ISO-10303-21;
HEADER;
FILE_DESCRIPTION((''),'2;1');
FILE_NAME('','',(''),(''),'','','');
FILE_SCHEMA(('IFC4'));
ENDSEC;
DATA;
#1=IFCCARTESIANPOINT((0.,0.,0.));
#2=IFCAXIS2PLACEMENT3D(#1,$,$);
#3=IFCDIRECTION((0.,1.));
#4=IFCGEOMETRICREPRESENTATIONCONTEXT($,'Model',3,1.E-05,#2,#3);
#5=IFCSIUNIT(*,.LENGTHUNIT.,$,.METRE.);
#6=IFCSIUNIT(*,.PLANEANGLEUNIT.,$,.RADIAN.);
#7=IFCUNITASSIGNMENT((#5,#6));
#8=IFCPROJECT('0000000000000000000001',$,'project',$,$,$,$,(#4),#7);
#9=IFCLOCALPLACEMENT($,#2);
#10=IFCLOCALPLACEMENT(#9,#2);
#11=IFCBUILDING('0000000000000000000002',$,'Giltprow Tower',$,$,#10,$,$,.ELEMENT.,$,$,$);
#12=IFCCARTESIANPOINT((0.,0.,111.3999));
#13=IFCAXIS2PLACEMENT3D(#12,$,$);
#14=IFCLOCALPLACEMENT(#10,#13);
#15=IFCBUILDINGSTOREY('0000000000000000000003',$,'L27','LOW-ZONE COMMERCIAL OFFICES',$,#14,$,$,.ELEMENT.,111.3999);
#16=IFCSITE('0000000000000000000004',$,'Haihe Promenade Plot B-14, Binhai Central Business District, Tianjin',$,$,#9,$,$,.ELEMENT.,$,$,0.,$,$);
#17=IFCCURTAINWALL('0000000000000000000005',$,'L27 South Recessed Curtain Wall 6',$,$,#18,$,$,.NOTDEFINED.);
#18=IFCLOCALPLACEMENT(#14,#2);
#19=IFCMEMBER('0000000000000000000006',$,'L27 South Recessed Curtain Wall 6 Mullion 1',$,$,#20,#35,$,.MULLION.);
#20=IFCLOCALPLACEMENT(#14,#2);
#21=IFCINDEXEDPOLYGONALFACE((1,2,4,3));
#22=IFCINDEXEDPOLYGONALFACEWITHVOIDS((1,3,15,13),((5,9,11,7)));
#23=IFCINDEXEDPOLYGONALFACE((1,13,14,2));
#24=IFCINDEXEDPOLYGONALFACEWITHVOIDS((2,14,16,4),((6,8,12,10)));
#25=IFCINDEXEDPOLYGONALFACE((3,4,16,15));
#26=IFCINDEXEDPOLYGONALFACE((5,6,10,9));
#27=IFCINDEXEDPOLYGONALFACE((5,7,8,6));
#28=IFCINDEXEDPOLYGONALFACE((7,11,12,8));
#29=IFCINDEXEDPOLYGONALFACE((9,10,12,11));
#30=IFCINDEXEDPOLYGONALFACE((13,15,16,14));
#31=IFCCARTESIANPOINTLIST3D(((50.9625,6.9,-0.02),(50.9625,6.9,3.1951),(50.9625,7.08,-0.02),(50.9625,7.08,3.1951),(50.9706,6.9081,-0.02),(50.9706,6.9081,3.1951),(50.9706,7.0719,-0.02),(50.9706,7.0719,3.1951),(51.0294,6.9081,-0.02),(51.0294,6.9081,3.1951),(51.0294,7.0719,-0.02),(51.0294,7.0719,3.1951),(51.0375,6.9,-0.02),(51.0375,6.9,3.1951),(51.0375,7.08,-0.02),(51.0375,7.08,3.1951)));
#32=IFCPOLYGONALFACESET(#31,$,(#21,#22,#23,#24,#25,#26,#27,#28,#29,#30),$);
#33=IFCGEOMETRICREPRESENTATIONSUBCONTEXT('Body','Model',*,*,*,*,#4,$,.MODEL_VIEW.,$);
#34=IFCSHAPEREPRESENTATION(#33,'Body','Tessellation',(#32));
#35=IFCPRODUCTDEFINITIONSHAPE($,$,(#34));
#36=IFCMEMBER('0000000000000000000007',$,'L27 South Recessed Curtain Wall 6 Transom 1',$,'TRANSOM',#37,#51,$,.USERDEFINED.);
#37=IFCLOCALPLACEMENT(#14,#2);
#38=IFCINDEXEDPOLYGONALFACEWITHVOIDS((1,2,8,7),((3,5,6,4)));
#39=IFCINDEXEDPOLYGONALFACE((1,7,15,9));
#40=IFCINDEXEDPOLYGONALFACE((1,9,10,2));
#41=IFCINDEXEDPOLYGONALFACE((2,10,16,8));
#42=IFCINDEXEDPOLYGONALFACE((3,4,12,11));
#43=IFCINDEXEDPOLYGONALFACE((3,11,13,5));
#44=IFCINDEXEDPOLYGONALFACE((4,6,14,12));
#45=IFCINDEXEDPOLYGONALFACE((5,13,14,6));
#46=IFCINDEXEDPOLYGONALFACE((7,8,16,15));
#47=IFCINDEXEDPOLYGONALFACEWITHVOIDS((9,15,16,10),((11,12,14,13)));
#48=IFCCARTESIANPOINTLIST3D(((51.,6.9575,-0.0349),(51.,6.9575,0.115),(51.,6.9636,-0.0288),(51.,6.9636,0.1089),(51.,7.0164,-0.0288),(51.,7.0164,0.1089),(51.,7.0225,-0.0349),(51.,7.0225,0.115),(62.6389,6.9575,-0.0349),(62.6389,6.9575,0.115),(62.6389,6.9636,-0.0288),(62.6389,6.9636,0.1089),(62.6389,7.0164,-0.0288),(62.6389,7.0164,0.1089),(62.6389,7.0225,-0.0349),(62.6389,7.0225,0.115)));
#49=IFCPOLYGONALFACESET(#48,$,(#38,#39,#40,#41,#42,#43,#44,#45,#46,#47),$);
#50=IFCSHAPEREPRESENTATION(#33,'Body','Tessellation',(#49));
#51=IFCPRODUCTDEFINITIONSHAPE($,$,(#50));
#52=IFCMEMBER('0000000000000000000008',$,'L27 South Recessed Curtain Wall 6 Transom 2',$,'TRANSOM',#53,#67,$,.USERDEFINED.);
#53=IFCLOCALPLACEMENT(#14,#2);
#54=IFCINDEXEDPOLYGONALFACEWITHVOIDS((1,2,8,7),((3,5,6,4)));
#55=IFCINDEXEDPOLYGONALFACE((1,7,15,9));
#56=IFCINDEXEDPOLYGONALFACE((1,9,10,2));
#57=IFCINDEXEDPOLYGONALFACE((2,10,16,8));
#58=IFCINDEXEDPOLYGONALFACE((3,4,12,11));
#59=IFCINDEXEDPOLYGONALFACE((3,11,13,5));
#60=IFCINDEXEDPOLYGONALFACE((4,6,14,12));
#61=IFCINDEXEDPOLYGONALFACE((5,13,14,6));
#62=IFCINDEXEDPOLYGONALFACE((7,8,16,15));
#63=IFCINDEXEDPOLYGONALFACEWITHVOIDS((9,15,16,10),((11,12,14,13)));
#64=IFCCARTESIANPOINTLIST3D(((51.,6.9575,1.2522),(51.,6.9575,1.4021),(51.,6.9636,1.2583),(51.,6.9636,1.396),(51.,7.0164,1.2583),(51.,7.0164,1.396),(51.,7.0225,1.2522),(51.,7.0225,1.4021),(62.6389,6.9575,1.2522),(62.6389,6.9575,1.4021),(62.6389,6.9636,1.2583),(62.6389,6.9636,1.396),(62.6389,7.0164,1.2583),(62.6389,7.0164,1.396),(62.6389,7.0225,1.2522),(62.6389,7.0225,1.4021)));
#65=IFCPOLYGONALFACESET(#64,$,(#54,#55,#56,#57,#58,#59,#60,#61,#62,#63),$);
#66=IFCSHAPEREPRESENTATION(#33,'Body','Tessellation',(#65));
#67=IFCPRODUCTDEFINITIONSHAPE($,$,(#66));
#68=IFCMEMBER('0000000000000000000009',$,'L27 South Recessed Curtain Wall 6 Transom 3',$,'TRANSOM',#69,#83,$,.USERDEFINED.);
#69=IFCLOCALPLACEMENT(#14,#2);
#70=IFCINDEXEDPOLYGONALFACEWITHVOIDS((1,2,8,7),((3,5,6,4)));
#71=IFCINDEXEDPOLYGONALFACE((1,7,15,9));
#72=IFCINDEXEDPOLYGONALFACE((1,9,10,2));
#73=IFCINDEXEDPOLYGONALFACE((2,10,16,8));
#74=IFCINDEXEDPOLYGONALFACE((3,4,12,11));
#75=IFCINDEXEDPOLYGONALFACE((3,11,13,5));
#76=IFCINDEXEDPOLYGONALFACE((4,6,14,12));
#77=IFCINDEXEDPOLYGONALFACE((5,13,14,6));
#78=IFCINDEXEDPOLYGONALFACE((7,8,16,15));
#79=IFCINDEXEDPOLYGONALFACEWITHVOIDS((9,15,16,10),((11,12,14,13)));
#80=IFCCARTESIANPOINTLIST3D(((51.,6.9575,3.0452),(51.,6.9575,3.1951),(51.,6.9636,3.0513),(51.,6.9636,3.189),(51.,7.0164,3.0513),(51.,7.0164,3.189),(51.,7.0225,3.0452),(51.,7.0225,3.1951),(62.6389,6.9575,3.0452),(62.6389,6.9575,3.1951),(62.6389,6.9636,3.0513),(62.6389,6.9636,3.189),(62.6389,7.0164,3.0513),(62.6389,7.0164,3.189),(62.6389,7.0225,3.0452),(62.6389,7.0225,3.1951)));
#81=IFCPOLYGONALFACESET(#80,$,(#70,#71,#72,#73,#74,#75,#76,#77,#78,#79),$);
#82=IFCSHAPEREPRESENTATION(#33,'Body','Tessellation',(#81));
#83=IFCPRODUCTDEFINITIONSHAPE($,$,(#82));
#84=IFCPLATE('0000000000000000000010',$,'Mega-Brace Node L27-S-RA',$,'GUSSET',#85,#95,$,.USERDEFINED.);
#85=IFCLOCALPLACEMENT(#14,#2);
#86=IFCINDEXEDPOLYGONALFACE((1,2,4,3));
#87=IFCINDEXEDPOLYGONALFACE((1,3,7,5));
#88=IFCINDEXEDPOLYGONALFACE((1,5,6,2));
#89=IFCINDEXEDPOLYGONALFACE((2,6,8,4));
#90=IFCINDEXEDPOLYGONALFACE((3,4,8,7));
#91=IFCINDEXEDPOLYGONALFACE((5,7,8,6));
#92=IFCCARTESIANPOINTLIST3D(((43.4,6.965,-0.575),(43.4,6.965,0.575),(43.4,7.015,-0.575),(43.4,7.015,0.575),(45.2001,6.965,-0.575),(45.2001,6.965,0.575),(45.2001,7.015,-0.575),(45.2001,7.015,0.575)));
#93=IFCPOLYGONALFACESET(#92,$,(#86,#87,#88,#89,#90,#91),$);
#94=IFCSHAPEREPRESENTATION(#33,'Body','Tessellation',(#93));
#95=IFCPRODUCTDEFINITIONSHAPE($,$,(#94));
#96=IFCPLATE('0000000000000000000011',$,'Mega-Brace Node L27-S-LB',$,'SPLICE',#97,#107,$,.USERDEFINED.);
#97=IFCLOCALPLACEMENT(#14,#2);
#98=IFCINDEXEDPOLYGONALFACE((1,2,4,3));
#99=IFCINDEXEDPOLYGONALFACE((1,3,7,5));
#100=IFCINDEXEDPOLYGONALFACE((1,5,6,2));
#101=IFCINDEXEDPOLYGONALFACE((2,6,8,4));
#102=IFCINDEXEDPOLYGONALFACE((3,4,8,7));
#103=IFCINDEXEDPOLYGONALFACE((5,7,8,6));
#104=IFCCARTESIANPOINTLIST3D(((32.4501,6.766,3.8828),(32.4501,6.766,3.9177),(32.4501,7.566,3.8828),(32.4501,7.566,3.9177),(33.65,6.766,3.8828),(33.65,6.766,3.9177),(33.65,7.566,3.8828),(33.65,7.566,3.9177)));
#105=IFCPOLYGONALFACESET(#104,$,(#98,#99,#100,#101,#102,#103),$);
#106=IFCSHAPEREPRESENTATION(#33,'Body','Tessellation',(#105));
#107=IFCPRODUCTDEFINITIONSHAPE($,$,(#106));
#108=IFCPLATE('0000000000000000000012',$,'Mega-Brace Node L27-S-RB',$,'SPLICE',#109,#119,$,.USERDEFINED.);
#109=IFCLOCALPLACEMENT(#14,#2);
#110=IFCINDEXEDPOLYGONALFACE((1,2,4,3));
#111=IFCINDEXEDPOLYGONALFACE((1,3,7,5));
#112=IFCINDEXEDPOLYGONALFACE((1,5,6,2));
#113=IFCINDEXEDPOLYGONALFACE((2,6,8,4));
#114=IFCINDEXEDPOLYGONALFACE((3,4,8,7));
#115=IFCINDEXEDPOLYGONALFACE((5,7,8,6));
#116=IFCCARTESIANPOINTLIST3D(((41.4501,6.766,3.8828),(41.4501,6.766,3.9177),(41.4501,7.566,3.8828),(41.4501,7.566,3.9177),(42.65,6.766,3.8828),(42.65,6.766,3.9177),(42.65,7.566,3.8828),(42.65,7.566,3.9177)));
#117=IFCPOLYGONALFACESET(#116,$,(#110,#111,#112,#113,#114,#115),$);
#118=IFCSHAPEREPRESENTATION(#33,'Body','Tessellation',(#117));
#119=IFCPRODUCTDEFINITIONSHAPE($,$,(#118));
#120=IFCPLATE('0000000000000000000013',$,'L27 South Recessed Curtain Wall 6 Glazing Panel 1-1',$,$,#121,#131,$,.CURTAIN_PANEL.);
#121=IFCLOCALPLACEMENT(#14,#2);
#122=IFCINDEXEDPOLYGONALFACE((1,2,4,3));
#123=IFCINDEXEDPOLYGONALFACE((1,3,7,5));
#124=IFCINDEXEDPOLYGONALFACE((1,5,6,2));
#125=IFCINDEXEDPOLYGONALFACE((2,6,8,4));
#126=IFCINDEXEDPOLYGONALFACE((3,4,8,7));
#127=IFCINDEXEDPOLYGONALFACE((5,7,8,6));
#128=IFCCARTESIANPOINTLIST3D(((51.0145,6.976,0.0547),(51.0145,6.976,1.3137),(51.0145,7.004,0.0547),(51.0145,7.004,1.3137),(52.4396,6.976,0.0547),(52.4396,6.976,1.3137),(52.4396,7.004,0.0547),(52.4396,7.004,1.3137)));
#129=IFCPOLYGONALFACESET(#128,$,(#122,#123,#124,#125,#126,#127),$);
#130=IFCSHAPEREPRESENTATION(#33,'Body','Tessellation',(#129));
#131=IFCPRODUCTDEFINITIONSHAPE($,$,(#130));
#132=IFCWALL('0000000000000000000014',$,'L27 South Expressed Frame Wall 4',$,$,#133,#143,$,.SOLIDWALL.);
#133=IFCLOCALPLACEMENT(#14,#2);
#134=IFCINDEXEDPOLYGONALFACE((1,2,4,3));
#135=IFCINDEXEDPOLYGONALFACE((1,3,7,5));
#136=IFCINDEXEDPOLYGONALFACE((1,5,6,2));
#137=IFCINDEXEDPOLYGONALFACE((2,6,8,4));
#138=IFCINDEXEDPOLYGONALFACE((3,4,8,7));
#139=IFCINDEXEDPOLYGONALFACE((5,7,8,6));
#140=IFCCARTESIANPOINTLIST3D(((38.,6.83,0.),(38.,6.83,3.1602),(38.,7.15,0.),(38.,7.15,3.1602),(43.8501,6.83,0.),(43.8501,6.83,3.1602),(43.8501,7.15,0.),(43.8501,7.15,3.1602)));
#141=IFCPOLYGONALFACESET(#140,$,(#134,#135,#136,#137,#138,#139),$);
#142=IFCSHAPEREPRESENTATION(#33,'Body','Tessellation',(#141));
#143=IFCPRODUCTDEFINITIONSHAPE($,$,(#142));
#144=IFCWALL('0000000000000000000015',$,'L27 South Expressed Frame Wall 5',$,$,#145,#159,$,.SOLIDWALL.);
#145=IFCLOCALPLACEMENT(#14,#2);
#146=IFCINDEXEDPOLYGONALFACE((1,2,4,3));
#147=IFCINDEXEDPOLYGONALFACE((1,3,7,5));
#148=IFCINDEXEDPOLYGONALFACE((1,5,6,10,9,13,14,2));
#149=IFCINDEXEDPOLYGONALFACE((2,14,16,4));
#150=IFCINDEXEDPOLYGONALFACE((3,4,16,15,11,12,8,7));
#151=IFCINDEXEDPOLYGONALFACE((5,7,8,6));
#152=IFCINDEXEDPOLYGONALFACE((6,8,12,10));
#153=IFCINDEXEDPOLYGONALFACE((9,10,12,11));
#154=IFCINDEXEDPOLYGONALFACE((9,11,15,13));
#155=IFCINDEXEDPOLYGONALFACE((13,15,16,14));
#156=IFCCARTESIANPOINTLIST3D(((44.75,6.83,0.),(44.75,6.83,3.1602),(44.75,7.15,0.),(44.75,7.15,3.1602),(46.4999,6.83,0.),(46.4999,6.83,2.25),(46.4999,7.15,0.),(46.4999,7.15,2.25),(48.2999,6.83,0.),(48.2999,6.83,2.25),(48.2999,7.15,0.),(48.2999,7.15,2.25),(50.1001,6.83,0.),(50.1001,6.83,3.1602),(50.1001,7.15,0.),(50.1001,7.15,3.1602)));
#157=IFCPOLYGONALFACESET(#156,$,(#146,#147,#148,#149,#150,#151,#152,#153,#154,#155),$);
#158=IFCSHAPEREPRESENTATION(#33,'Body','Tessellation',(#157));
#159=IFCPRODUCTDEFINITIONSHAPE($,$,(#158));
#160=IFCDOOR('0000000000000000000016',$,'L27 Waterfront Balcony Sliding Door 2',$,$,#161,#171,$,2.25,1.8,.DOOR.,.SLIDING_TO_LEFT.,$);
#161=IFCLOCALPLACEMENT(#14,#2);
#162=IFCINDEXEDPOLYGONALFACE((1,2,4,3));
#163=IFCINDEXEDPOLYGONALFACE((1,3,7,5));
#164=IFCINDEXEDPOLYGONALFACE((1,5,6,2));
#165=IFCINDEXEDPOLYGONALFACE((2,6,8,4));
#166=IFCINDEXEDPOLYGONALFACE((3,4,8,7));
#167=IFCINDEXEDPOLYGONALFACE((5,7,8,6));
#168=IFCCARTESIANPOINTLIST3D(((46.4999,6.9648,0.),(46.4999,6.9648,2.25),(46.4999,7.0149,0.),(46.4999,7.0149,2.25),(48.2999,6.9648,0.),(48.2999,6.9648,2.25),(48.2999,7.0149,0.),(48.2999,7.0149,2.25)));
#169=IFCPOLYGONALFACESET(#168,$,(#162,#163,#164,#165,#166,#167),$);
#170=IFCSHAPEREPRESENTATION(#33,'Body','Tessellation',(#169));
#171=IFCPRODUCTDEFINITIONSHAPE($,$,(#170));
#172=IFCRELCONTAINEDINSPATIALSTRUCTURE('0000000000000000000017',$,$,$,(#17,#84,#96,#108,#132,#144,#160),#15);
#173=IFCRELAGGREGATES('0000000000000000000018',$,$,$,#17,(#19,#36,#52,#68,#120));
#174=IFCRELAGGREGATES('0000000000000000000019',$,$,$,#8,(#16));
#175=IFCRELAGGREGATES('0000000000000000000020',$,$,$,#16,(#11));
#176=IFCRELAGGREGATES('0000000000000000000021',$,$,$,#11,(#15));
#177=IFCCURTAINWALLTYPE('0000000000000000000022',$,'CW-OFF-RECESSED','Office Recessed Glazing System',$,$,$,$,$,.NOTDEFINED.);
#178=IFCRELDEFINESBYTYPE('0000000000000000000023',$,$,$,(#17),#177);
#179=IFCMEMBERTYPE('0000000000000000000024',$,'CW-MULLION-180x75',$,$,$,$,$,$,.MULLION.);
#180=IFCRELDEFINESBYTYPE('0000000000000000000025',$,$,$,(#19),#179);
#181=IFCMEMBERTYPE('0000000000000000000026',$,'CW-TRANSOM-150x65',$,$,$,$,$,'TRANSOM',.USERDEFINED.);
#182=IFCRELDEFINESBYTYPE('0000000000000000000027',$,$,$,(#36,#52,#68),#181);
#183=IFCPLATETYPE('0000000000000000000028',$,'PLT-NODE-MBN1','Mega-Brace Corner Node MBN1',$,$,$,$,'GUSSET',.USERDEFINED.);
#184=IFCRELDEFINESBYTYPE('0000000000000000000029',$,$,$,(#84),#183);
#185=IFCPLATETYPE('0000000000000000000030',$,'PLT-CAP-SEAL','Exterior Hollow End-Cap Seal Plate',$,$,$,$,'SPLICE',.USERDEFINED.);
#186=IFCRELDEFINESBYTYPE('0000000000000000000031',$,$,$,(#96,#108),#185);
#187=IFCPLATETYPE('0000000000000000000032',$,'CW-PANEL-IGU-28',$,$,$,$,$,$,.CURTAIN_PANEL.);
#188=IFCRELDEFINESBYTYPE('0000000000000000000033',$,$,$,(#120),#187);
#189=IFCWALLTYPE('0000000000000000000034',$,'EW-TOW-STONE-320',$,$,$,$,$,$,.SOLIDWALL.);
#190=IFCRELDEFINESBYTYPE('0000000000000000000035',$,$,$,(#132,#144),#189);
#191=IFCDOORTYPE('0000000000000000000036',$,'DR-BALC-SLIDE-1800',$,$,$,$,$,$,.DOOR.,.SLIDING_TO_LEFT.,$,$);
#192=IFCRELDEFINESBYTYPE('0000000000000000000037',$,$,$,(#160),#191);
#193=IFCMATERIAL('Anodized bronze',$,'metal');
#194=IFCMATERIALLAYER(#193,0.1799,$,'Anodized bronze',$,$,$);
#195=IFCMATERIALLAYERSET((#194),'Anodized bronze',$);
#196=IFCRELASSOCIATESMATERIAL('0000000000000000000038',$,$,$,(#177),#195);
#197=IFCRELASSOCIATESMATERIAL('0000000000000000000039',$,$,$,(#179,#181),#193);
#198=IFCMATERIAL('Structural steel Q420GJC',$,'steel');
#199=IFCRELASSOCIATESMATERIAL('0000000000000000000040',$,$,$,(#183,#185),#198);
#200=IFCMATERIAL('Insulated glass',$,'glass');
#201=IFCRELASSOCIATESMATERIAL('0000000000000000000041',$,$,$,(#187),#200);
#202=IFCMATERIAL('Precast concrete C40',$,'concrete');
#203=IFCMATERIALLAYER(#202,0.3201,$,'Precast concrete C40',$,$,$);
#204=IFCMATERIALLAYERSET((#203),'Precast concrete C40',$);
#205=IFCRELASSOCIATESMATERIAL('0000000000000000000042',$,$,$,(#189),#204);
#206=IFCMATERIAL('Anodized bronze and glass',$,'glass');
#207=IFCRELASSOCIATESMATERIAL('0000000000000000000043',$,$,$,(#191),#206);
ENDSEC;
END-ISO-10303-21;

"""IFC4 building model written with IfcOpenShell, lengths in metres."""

from ifc_helpers import new_model, si_unit, direction, frame, frame_2d, origin, origin_2d, place, context, subcontext, project, spatial, rectangle, hollow_rectangle, extrude, source, transform, mapped, material, layer, layer_set, material_profile, profile_set, type_object, element, fill, aggregate, save


model = new_model("IFC4")

# Units and contexts
model_context = context("Model", 3, precision=1e-05, world=origin(), true_north=direction((0.0, 1.0)))
body_context = subcontext(model_context, "Body", "Model", "MODEL_VIEW")
ifc_project = project(units=[si_unit("LENGTHUNIT", "METRE"), si_unit("PLANEANGLEUNIT", "RADIAN")], contexts=[model_context])

# Site, building, storey
site_placement = place(None, origin())
site = spatial("IfcSite", under=ifc_project, at=site_placement, Name="Haihe Promenade Plot B-14, Binhai Central Business District, Tianjin", CompositionType="ELEMENT", RefElevation=0.0)
building_placement = place(site_placement, origin())
building = spatial("IfcBuilding", under=site, at=building_placement, Name="Giltprow Tower", CompositionType="ELEMENT")
storey_placement = place(building_placement, frame((0.0, 0.0, 111.3999)))
storey = spatial("IfcBuildingStorey", under=building, at=storey_placement, Name="L27", Description="LOW-ZONE COMMERCIAL OFFICES", CompositionType="ELEMENT", Elevation=111.3999)

# Shared definitions
ifc_material_1 = material(Name="Structural steel Q420GJC", Category="steel")

# Curtain wall, members
ifc_material_2 = material(Name="Anodized bronze", Category="metal")
ifc_layer_1 = layer(ifc_material_2, 0.1799, Name="Anodized bronze")
ifc_layer_set_1 = layer_set([ifc_layer_1], Name="Anodized bronze")
curtain_wall_type = type_object("IfcCurtainWallType", Name="CW-OFF-RECESSED", Description="Office Recessed Glazing System", PredefinedType="NOTDEFINED", material=ifc_layer_set_1)
curtain_wall_placement = place(storey_placement, origin())
curtain_wall = element("IfcCurtainWall", 1, at=curtain_wall_placement, inside=storey, type_object=curtain_wall_type, Name="L27 South Recessed Curtain Wall 6", PredefinedType="NOTDEFINED")
ifc_material_profile_1 = material_profile(ifc_material_2, hollow_rectangle(XDim=0.075, YDim=0.1799, WallThickness=0.0081, at=origin_2d()), Name="RHS 180x75x8")
ifc_profile_set_1 = profile_set([ifc_material_profile_1], Name="Anodized bronze")
member_type_1 = type_object("IfcMemberType", Name="CW-MULLION-180x75", PredefinedType="MULLION", material=ifc_profile_set_1)
shared_shape_1 = source(origin(), body_context, "Body", "SweptSolid", [
    extrude(hollow_rectangle(XDim=0.075, YDim=0.1799, WallThickness=0.0081, at=origin_2d()), origin(), (0.0, 0.0, 1.0), 3.2151),
])
member_1_placement = place(storey_placement, frame((51.0, 6.99, -0.02), z_axis=(0.0, 0.0, 1.0), x_axis=(1.0, 0.0, 0.0)))
member_1 = element("IfcMember", 2, at=member_1_placement, type_object=member_type_1, Name="L27 South Recessed Curtain Wall 6 Mullion 1", PredefinedType="MULLION", context=body_context, shape_type="MappedRepresentation", body=[
    mapped(shared_shape_1, transform((0.0, 0.0, 0.0), x_axis=(1.0, 0.0, 0.0), y_axis=(0.0, 1.0, 0.0), z_axis=(0.0, 0.0, 1.0), scale=1.0)),
])
ifc_material_profile_2 = material_profile(ifc_material_2, hollow_rectangle(XDim=0.0649, YDim=0.1499, WallThickness=0.0061, at=origin_2d()), Name="RHS 150x65x6")
ifc_profile_set_2 = profile_set([ifc_material_profile_2], Name="Anodized bronze")
member_type_2 = type_object("IfcMemberType", Name="CW-TRANSOM-150x65", ElementType="TRANSOM", PredefinedType="USERDEFINED", material=ifc_profile_set_2)
shared_shape_2 = source(origin(), body_context, "Body", "SweptSolid", [
    extrude(hollow_rectangle(XDim=0.0649, YDim=0.1499, WallThickness=0.0061, at=origin_2d()), origin(), (0.0, 0.0, 1.0), 11.6389),
])
member_2_placement = place(storey_placement, frame((51.0, 6.99, 0.04), z_axis=(1.0, 0.0, 0.0), x_axis=(0.0, 1.0, 0.0)))
member_2 = element("IfcMember", 3, at=member_2_placement, type_object=member_type_2, Name="L27 South Recessed Curtain Wall 6 Transom 1", ObjectType="TRANSOM", PredefinedType="USERDEFINED", context=body_context, shape_type="MappedRepresentation", body=[
    mapped(shared_shape_2, transform((0.0, 0.0, 0.0), x_axis=(1.0, 0.0, 0.0), y_axis=(0.0, 1.0, 0.0), z_axis=(0.0, 0.0, 1.0), scale=1.0)),
])
member_3_placement = place(storey_placement, frame((51.0, 6.99, 1.3271), z_axis=(1.0, 0.0, 0.0), x_axis=(0.0, 1.0, 0.0)))
member_3 = element("IfcMember", 4, at=member_3_placement, type_object=member_type_2, Name="L27 South Recessed Curtain Wall 6 Transom 2", ObjectType="TRANSOM", PredefinedType="USERDEFINED", context=body_context, shape_type="MappedRepresentation", body=[
    mapped(shared_shape_2, transform((0.0, 0.0, 0.0), x_axis=(1.0, 0.0, 0.0), y_axis=(0.0, 1.0, 0.0), z_axis=(0.0, 0.0, 1.0), scale=1.0)),
])
member_4_placement = place(storey_placement, frame((51.0, 6.99, 3.1201), z_axis=(1.0, 0.0, 0.0), x_axis=(0.0, 1.0, 0.0)))
member_4 = element("IfcMember", 5, at=member_4_placement, type_object=member_type_2, Name="L27 South Recessed Curtain Wall 6 Transom 3", ObjectType="TRANSOM", PredefinedType="USERDEFINED", context=body_context, shape_type="MappedRepresentation", body=[
    mapped(shared_shape_2, transform((0.0, 0.0, 0.0), x_axis=(1.0, 0.0, 0.0), y_axis=(0.0, 1.0, 0.0), z_axis=(0.0, 0.0, 1.0), scale=1.0)),
])

# Plates
plate_type_1 = type_object("IfcPlateType", Name="PLT-NODE-MBN1", Description="Mega-Brace Corner Node MBN1", ElementType="GUSSET", PredefinedType="USERDEFINED", material=ifc_material_1)
shared_shape_3 = source(origin(), body_context, "Body", "SweptSolid", [
    extrude(rectangle(XDim=1.8, YDim=0.05, at=origin_2d()), origin(), (0.0, 0.0, 1.0), 1.1499),
])
plate_1_placement = place(storey_placement, frame((44.3, 6.99, -0.575), z_axis=(0.0, 0.0, 1.0), x_axis=(1.0, 0.0, 0.0)))
element("IfcPlate", 6, at=plate_1_placement, inside=storey, type_object=plate_type_1, Name="Mega-Brace Node L27-S-RA", ObjectType="GUSSET", PredefinedType="USERDEFINED", context=body_context, shape_type="MappedRepresentation", body=[
    mapped(shared_shape_3, transform((0.0, 0.0, 0.0), x_axis=(1.0, 0.0, 0.0), y_axis=(0.0, 1.0, 0.0), z_axis=(0.0, 0.0, 1.0), scale=1.0)),
])
plate_type_2 = type_object("IfcPlateType", Name="PLT-CAP-SEAL", Description="Exterior Hollow End-Cap Seal Plate", ElementType="SPLICE", PredefinedType="USERDEFINED", material=ifc_material_1)
shared_shape_4 = source(origin(), body_context, "Body", "SweptSolid", [
    extrude(rectangle(XDim=1.2, YDim=0.8, at=origin_2d()), origin(), (0.0, 0.0, 1.0), 0.0349),
])
for number, where, z_axis, x_axis, name in (
    (7, (33.05, 7.166, 3.8828), (0.0, 0.0, 1.0), (1.0, 0.0, 0.0), "Mega-Brace Node L27-S-LB"),
    (8, (42.05, 7.166, 3.8828), (0.0, 0.0, 1.0), (1.0, 0.0, 0.0), "Mega-Brace Node L27-S-RB"),
):
    element("IfcPlate", number, at=place(storey_placement, frame(where, z_axis=z_axis, x_axis=x_axis)), inside=storey, type_object=plate_type_2, Name=name, ObjectType="SPLICE", PredefinedType="USERDEFINED", context=body_context, shape_type="MappedRepresentation", body=[
        mapped(shared_shape_4, transform((0.0, 0.0, 0.0), x_axis=(1.0, 0.0, 0.0), y_axis=(0.0, 1.0, 0.0), z_axis=(0.0, 0.0, 1.0), scale=1.0)),
    ])

# Plate
ifc_material_3 = material(Name="Insulated glass", Category="glass")
plate_type_3 = type_object("IfcPlateType", Name="CW-PANEL-IGU-28", PredefinedType="CURTAIN_PANEL", material=ifc_material_3)
shared_shape_5 = source(origin(), body_context, "Body", "SweptSolid", [
    extrude(rectangle(XDim=1.425, YDim=0.0281, at=origin_2d()), origin(), (0.0, 0.0, 1.0), 1.259),
])
plate_2_placement = place(storey_placement, frame((51.7271, 6.99, 0.0547), z_axis=(0.0, 0.0, 1.0), x_axis=(1.0, 0.0, 0.0)))
plate_2 = element("IfcPlate", 9, at=plate_2_placement, type_object=plate_type_3, Name="L27 South Recessed Curtain Wall 6 Glazing Panel 1-1", PredefinedType="CURTAIN_PANEL", context=body_context, shape_type="MappedRepresentation", body=[
    mapped(shared_shape_5, transform((0.0, 0.0, 0.0), x_axis=(1.0, 0.0, 0.0), y_axis=(0.0, 1.0, 0.0), z_axis=(0.0, 0.0, 1.0), scale=1.0)),
])
aggregate(curtain_wall, [member_1, member_2, member_3, member_4, plate_2])

# Wall
ifc_material_4 = material(Name="Precast concrete C40", Category="concrete")
ifc_layer_2 = layer(ifc_material_4, 0.3201, Name="Precast concrete C40")
ifc_layer_set_2 = layer_set([ifc_layer_2], Name="Precast concrete C40")
wall_type_1 = type_object("IfcWallType", Name="EW-TOW-STONE-320", PredefinedType="SOLIDWALL", material=ifc_layer_set_2)
wall_1_placement = place(storey_placement, frame((38.0, 6.99, 0.0), z_axis=(0.0, 0.0, 1.0), x_axis=(1.0, 0.0, 0.0)))
element("IfcWall", 10, at=wall_1_placement, inside=storey, type_object=wall_type_1, Name="L27 South Expressed Frame Wall 4", PredefinedType="SOLIDWALL", context=body_context, shape_type="SweptSolid", body=[
    extrude(rectangle(XDim=5.8501, YDim=0.3201, at=frame_2d((2.925, 0.0))), origin(), (0.0, 0.0, 1.0), 3.1602),
])

# Wall, opening, door
wall_2_placement = place(storey_placement, frame((44.75, 6.99, 0.0), z_axis=(0.0, 0.0, 1.0), x_axis=(1.0, 0.0, 0.0)))
wall_2 = element("IfcWall", 11, at=wall_2_placement, inside=storey, type_object=wall_type_1, Name="L27 South Expressed Frame Wall 5", PredefinedType="SOLIDWALL", context=body_context, shape_type="SweptSolid", body=[
    extrude(rectangle(XDim=5.3501, YDim=0.3201, at=frame_2d((2.675, 0.0))), origin(), (0.0, 0.0, 1.0), 3.1602),
])
opening_1_placement = place(wall_2_placement, frame((1.75, 0.0, 0.0)))
opening_1 = element("IfcOpeningElement", 12, at=opening_1_placement, cuts=wall_2, PredefinedType="OPENING", context=body_context, shape_type="SweptSolid", body=[
    extrude(rectangle(XDim=1.8, YDim=2.25, at=frame_2d((0.8999, 1.125))), frame((0.0, 0.1699, 0.0), z_axis=(0.0, -1.0, 0.0), x_axis=(1.0, 0.0, 0.0)), (0.0, 0.0, 1.0), 0.3401),
])
ifc_material_5 = material(Name="Anodized bronze and glass", Category="glass")
door_type_1 = type_object("IfcDoorType", Name="DR-BALC-SLIDE-1800", OperationType="SLIDING_TO_LEFT", PredefinedType="DOOR", material=ifc_material_5)
shared_shape_6 = source(origin(), body_context, "Body", "SweptSolid", [
    extrude(rectangle(XDim=1.8, YDim=2.25, at=frame_2d((0.8999, 1.125))), frame((0.0, 0.0249, 0.0), z_axis=(0.0, -1.0, 0.0), x_axis=(1.0, 0.0, 0.0)), (0.0, 0.0, 1.0), 0.05),
])
door_1_placement = place(opening_1_placement, origin())
door_1 = element("IfcDoor", 13, at=door_1_placement, inside=storey, type_object=door_type_1, Name="L27 Waterfront Balcony Sliding Door 2", OperationType="SLIDING_TO_LEFT", OverallHeight=2.25, OverallWidth=1.8, PredefinedType="DOOR", context=body_context, shape_type="MappedRepresentation", body=[
    mapped(shared_shape_6, transform((0.0, 0.0, 0.0), x_axis=(1.0, 0.0, 0.0), y_axis=(0.0, 1.0, 0.0), z_axis=(0.0, 0.0, 1.0), scale=1.0)),
])
fill(opening_1, door_1)

save(model, "model.ifc")
